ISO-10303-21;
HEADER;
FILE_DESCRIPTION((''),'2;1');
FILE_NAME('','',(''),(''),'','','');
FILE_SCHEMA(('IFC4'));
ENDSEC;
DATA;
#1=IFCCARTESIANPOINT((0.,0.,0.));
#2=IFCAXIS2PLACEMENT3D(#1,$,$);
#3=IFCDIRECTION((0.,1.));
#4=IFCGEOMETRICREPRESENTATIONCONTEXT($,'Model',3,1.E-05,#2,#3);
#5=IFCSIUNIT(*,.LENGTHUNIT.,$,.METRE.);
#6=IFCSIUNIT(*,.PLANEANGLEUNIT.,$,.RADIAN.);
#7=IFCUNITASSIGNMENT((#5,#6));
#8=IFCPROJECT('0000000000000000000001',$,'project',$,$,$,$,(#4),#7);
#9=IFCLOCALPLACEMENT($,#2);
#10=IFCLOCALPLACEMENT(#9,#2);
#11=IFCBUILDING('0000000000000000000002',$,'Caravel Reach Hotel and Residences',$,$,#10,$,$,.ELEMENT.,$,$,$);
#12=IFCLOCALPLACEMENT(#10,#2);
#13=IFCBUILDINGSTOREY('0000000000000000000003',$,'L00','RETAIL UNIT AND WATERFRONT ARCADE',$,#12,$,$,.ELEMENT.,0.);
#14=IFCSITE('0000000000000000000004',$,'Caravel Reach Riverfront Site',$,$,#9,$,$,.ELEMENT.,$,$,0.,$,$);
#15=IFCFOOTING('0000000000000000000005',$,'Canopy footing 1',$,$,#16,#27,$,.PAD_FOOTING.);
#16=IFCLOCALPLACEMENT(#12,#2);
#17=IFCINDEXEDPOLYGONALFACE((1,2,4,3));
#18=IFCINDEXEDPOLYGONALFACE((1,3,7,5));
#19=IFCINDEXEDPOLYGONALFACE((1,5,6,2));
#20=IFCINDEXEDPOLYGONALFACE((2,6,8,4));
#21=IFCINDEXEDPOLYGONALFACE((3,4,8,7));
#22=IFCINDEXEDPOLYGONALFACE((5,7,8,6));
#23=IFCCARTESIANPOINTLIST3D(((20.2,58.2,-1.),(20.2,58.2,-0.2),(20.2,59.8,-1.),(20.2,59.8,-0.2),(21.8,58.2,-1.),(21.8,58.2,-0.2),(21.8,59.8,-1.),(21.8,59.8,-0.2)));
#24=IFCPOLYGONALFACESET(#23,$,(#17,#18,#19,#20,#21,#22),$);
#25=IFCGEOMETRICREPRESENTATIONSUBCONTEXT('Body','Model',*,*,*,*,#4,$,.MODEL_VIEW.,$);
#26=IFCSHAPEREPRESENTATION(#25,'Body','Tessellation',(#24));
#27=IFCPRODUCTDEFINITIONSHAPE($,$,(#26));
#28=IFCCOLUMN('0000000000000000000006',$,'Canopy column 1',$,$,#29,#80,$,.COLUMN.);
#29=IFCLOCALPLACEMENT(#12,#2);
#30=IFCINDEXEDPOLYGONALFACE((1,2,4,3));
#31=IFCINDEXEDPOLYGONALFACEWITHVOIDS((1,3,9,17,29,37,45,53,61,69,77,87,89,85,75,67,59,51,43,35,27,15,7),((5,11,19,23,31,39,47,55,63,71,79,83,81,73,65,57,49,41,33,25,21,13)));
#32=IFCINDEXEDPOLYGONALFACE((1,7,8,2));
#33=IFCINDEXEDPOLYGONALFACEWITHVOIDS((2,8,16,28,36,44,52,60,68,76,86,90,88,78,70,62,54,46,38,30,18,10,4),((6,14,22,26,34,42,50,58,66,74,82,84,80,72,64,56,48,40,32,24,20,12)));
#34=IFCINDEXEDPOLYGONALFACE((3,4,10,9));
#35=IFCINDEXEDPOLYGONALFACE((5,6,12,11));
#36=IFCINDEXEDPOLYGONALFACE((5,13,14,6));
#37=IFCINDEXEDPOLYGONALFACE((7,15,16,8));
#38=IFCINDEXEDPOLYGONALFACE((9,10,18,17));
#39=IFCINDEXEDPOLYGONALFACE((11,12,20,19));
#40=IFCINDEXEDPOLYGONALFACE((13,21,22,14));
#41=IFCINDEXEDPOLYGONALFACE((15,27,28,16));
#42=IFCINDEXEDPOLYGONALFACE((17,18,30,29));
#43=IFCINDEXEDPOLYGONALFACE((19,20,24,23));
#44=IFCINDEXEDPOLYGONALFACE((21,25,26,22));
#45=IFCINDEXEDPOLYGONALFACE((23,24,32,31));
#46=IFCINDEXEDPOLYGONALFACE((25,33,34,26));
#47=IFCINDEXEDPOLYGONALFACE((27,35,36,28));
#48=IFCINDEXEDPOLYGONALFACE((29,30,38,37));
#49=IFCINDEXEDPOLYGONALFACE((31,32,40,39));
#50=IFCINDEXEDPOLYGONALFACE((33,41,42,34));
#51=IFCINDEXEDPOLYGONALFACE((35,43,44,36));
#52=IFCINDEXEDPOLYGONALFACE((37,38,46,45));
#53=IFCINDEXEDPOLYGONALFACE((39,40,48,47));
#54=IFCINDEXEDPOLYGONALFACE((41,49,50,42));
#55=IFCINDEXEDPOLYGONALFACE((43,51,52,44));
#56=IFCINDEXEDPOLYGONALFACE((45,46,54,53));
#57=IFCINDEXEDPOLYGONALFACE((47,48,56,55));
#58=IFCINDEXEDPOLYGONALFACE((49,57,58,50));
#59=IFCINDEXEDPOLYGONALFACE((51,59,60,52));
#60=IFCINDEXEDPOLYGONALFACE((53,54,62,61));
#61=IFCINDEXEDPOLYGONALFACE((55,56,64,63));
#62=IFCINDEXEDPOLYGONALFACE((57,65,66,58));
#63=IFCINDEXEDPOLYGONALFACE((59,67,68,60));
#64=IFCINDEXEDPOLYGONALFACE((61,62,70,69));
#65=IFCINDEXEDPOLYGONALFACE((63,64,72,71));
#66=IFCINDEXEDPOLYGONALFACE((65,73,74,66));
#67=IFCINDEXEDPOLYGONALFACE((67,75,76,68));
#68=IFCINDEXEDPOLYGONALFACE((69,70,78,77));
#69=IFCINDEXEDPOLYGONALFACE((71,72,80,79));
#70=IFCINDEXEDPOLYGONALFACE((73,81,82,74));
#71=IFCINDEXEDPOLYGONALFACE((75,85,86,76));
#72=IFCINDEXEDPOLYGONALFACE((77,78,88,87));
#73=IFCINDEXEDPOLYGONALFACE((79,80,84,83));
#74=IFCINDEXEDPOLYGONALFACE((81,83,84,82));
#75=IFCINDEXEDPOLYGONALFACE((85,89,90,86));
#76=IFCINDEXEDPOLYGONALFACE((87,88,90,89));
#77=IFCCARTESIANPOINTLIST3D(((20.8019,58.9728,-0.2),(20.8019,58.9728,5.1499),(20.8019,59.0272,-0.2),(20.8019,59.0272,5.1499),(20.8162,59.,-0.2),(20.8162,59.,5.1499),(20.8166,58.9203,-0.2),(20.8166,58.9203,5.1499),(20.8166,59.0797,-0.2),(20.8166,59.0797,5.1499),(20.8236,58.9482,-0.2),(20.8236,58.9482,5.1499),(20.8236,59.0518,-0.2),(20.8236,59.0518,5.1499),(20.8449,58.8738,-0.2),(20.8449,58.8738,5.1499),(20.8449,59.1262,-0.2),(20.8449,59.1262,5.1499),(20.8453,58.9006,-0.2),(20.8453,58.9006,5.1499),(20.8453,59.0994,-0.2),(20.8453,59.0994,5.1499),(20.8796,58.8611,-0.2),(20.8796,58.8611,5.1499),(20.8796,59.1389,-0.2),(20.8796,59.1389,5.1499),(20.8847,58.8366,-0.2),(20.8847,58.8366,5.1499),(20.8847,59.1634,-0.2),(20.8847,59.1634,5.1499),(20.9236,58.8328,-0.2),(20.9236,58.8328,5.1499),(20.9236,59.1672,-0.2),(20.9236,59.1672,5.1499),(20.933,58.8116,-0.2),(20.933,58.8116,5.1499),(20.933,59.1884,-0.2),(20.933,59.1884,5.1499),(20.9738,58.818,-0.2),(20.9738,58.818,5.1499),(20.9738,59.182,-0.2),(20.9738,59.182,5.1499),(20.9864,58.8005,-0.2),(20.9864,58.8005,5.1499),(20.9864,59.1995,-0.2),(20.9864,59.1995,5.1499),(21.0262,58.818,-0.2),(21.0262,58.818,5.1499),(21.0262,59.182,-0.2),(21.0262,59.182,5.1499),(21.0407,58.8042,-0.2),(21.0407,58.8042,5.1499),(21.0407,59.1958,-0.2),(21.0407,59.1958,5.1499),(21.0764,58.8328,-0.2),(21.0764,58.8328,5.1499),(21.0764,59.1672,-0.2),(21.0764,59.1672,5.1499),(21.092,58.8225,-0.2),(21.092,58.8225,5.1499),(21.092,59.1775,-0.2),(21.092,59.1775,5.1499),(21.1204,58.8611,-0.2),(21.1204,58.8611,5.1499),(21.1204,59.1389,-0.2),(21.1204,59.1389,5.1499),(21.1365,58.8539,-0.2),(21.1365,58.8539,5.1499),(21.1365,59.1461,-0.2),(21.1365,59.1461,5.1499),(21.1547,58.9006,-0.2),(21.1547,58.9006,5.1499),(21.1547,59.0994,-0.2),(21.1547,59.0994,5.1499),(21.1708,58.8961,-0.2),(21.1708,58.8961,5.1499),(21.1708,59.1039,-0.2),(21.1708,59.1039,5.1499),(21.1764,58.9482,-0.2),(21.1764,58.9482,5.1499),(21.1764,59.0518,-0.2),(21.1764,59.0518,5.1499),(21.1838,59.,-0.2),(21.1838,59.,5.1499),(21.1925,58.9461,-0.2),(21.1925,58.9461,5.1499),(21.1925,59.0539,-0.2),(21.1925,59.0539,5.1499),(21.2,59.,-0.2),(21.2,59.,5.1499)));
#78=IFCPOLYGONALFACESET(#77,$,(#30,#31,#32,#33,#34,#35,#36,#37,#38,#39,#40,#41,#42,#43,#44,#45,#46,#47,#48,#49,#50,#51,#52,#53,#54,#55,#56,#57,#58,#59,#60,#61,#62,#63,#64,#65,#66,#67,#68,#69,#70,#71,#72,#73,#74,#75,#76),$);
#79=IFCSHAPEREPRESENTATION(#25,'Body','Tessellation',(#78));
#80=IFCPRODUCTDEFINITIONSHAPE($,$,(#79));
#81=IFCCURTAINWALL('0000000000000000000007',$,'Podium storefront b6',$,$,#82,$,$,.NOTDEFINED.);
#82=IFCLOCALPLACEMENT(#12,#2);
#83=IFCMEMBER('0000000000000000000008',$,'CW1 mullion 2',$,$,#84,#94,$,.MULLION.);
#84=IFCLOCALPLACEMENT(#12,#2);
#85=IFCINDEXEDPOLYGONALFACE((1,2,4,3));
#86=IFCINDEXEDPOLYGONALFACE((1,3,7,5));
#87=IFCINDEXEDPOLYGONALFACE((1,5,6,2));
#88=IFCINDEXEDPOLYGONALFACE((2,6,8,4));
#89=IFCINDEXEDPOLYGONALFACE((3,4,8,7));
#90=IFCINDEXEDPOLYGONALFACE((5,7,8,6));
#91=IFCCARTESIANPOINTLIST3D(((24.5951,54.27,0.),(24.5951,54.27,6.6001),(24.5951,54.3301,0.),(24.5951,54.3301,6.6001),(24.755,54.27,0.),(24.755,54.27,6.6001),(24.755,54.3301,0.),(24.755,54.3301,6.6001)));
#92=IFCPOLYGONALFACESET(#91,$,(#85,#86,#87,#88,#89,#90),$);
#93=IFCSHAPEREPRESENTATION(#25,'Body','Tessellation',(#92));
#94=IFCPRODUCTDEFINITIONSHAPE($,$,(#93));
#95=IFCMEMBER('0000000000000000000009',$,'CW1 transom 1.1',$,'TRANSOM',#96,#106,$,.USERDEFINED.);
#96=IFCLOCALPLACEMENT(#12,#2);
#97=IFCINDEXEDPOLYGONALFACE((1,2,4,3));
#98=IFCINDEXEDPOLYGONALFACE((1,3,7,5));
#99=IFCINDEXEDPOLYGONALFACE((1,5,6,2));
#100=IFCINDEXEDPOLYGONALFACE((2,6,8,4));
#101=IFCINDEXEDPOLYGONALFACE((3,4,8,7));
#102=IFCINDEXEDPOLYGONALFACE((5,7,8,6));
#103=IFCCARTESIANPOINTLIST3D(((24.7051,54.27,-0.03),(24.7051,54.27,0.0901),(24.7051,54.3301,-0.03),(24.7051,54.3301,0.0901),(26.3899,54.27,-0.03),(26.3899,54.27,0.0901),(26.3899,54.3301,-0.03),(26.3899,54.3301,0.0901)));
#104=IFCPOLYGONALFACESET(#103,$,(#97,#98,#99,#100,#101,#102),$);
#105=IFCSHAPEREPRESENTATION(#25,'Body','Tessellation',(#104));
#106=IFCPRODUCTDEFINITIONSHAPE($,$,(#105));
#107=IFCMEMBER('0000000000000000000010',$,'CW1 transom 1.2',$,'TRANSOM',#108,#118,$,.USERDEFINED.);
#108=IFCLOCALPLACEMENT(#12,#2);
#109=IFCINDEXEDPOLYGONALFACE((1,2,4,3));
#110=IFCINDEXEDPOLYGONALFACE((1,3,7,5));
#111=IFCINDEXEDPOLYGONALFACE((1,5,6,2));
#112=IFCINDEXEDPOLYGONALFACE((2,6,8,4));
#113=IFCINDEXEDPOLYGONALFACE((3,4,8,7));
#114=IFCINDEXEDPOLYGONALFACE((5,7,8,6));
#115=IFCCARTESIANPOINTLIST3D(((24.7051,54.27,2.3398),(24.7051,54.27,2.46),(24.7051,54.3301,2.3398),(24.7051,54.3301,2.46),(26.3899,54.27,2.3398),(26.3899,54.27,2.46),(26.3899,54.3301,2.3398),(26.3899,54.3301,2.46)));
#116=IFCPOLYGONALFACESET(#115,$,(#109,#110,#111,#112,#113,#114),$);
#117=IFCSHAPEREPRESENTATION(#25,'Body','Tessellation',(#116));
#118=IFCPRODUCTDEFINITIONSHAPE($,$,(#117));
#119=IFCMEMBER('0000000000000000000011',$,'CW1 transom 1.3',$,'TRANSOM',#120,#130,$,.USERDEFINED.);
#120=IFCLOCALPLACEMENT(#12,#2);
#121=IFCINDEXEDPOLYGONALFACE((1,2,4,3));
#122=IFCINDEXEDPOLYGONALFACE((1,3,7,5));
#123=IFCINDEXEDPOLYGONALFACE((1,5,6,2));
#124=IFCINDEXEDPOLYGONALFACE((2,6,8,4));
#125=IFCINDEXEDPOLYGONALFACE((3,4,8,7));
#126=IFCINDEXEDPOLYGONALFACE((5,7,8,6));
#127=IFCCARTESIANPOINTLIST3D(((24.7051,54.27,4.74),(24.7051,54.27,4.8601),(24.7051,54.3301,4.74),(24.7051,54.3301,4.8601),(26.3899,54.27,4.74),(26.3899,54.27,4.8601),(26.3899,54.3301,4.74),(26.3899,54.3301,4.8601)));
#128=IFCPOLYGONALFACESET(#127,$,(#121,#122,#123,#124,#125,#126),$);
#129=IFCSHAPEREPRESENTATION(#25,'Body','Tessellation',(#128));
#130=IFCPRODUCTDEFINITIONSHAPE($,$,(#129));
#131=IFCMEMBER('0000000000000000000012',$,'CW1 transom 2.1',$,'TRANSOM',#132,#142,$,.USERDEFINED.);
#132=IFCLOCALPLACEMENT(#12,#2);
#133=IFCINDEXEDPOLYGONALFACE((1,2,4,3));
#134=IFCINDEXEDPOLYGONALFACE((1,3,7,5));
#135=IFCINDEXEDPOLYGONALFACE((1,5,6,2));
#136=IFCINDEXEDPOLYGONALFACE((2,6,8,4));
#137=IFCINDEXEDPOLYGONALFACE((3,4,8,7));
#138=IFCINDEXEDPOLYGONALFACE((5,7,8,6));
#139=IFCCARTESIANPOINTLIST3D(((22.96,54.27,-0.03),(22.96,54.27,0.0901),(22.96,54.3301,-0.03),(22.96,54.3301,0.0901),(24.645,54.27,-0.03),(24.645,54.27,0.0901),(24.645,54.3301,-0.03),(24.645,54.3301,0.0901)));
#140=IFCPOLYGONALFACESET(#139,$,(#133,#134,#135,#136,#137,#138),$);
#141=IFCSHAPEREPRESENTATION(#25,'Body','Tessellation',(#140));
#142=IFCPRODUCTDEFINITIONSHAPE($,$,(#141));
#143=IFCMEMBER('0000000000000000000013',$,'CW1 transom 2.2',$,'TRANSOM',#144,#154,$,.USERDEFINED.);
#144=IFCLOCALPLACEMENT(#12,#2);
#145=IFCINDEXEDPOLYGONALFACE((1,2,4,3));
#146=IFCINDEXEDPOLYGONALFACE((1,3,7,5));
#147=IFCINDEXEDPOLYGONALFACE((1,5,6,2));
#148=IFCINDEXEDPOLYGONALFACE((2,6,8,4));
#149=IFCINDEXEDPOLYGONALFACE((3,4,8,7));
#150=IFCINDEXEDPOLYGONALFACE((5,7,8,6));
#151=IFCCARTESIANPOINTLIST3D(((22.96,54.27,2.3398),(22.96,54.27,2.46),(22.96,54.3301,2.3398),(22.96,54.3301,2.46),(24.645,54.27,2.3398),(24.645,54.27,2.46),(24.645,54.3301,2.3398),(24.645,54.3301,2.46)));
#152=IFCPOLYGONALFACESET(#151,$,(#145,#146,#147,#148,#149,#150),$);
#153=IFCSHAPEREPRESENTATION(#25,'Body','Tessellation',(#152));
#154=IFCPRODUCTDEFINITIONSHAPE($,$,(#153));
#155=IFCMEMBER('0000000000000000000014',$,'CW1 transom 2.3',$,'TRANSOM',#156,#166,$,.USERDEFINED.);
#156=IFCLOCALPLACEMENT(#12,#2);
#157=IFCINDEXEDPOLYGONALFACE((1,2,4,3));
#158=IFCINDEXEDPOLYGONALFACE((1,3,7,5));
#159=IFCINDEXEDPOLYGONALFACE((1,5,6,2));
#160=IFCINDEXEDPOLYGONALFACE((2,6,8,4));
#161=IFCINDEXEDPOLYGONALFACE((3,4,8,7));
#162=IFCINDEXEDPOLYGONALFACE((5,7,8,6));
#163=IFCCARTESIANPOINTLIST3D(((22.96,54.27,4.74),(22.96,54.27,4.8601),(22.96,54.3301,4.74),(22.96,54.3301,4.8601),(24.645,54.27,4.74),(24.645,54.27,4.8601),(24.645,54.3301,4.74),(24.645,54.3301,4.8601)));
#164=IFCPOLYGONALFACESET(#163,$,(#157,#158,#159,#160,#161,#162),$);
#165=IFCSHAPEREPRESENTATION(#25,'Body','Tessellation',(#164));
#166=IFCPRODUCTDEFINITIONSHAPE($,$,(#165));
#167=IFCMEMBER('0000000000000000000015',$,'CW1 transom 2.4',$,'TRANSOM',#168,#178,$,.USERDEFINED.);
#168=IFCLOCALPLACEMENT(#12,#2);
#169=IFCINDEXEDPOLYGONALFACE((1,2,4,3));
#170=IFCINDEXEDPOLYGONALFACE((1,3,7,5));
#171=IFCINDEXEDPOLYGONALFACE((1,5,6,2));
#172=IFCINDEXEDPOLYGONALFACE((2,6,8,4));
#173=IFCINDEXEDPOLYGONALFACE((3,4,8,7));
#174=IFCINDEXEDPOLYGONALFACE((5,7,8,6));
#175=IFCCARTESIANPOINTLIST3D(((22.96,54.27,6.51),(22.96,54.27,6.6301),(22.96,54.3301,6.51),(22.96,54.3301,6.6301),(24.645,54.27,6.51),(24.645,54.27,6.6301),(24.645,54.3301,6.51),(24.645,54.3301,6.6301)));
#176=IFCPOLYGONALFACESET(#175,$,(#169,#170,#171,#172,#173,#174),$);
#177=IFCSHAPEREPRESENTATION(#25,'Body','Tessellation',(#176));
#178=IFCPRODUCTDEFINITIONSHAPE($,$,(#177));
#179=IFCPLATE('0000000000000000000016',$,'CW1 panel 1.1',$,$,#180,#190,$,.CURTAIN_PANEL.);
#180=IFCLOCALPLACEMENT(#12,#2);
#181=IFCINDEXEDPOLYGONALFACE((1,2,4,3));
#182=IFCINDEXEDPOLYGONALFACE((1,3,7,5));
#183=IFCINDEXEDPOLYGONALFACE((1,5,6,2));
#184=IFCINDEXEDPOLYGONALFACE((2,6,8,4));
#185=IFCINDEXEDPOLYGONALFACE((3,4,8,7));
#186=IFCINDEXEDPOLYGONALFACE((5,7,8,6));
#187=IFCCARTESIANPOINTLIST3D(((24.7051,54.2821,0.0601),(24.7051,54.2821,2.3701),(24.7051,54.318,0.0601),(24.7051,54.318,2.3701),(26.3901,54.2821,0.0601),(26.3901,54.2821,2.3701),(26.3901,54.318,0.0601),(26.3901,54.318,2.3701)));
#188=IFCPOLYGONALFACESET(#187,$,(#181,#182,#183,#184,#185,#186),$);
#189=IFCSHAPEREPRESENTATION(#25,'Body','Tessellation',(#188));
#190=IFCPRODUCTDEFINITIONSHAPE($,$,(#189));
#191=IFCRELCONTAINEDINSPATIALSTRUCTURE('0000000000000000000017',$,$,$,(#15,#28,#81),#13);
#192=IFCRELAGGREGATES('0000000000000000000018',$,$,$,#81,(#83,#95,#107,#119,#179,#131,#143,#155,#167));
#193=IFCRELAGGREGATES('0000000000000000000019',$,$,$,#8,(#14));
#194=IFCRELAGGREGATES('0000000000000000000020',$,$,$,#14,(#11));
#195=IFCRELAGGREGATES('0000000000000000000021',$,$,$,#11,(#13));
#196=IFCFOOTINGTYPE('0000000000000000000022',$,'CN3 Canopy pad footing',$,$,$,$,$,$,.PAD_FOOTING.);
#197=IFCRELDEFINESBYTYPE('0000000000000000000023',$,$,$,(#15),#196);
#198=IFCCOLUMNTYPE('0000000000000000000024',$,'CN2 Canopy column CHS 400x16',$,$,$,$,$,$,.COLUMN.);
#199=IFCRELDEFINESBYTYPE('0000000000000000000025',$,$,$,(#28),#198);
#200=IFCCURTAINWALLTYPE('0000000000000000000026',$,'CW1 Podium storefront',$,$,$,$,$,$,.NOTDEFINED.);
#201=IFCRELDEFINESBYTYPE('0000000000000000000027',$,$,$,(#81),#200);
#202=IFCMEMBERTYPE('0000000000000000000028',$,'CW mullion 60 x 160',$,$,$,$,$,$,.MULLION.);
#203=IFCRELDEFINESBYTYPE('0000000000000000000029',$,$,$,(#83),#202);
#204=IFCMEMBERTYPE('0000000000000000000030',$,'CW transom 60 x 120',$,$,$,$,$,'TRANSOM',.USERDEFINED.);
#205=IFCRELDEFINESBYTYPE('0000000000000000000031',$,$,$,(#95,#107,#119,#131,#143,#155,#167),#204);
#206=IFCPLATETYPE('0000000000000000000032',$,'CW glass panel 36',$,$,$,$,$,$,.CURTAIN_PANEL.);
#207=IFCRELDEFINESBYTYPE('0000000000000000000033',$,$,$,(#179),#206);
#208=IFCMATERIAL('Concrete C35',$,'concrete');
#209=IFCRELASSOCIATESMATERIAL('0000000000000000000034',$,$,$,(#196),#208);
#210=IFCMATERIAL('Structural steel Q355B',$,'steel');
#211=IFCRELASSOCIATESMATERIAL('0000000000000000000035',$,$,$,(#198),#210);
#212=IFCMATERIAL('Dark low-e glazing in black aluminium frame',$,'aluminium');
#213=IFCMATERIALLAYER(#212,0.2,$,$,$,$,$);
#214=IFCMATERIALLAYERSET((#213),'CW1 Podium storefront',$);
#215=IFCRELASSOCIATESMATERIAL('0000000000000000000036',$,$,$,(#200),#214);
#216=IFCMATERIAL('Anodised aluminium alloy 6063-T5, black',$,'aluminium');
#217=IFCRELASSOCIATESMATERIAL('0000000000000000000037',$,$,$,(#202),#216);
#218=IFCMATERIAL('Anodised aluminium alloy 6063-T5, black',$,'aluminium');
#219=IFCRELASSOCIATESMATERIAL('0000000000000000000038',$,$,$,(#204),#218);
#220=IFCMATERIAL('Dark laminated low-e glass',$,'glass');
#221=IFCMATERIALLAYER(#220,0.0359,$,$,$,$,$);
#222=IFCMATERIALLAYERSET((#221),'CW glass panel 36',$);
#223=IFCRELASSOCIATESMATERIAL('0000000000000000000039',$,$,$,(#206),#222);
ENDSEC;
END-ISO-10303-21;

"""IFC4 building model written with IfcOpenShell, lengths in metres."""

from ifc_helpers import new_model, si_unit, direction, frame, origin, origin_2d, place, context, subcontext, project, spatial, rectangle, hollow_circle, extrude, material, layer, layer_set, material_profile, profile_set, type_object, element, aggregate, save


model = new_model("IFC4")

# Units and contexts
model_context = context("Model", 3, precision=1e-05, world=origin(), true_north=direction((0.0, 1.0)))
body_context = subcontext(model_context, "Body", "Model", "MODEL_VIEW")
ifc_project = project(units=[si_unit("LENGTHUNIT", "METRE"), si_unit("PLANEANGLEUNIT", "RADIAN")], contexts=[model_context])

# Site, building, storey
site_placement = place(None, origin())
site = spatial("IfcSite", under=ifc_project, at=site_placement, Name="Caravel Reach Riverfront Site", CompositionType="ELEMENT", RefElevation=0.0)
building_placement = place(site_placement, origin())
building = spatial("IfcBuilding", under=site, at=building_placement, Name="Caravel Reach Hotel and Residences", CompositionType="ELEMENT")
storey_placement = place(building_placement, origin())
storey = spatial("IfcBuildingStorey", under=building, at=storey_placement, Name="L00", Description="RETAIL UNIT AND WATERFRONT ARCADE", CompositionType="ELEMENT", Elevation=0.0)

# Footing
ifc_material_1 = material(Name="Concrete C35", Category="concrete")
footing_type = type_object("IfcFootingType", Name="CN3 Canopy pad footing", PredefinedType="PAD_FOOTING", material=ifc_material_1)
footing_placement = place(storey_placement, frame((21.0, 59.0, -1.0), z_axis=(0.0, 0.0, 1.0), x_axis=(1.0, 0.0, 0.0)))
element("IfcFooting", 1, at=footing_placement, inside=storey, type_object=footing_type, Name="Canopy footing 1", PredefinedType="PAD_FOOTING", context=body_context, shape_type="SweptSolid", body=[
    extrude(rectangle(XDim=1.6001, YDim=1.6001, at=origin_2d()), origin(), (0.0, 0.0, 1.0), 0.8),
])

# Column
ifc_material_2 = material(Name="Structural steel Q355B", Category="steel")
ifc_material_profile_1 = material_profile(ifc_material_2, hollow_circle(Radius=0.2, WallThickness=0.0161, at=origin_2d()), Name="CN2 Canopy column CHS 400x16")
ifc_profile_set_1 = profile_set([ifc_material_profile_1], Name="Structural steel Q355B")
column_type = type_object("IfcColumnType", Name="CN2 Canopy column CHS 400x16", PredefinedType="COLUMN", material=ifc_profile_set_1)
column_placement = place(storey_placement, frame((21.0, 59.0, -0.2), z_axis=(0.0, 0.0, 1.0), x_axis=(1.0, 0.0, 0.0)))
element("IfcColumn", 2, at=column_placement, inside=storey, type_object=column_type, Name="Canopy column 1", PredefinedType="COLUMN", context=body_context, shape_type="SweptSolid", body=[
    extrude(hollow_circle(Radius=0.2, WallThickness=0.0161, at=origin_2d()), origin(), (0.0, 0.0, 1.0), 5.3499),
])

# Curtain wall, members, plate
ifc_material_3 = material(Name="Dark low-e glazing in black aluminium frame", Category="aluminium")
ifc_layer_1 = layer(ifc_material_3, 0.2)
ifc_layer_set_1 = layer_set([ifc_layer_1], Name="CW1 Podium storefront")
curtain_wall_type = type_object("IfcCurtainWallType", Name="CW1 Podium storefront", PredefinedType="NOTDEFINED", material=ifc_layer_set_1)
curtain_wall_placement = place(storey_placement, origin())
curtain_wall = element("IfcCurtainWall", 3, at=curtain_wall_placement, inside=storey, type_object=curtain_wall_type, Name="Podium storefront b6", PredefinedType="NOTDEFINED")
ifc_material_4 = material(Name="Anodised aluminium alloy 6063-T5, black", Category="aluminium")
ifc_material_profile_2 = material_profile(ifc_material_4, rectangle(XDim=0.0601, YDim=0.1599, at=origin_2d()), Name="CW mullion 60 x 160")
ifc_profile_set_2 = profile_set([ifc_material_profile_2], Name="Anodised aluminium alloy 6063-T5, black")
member_type_1 = type_object("IfcMemberType", Name="CW mullion 60 x 160", PredefinedType="MULLION", material=ifc_profile_set_2)
member_1_placement = place(storey_placement, frame((24.675, 54.3, 0.0), z_axis=(0.0, 0.0, 1.0), x_axis=(0.0, -1.0, 0.0)))
member_1 = element("IfcMember", 4, at=member_1_placement, type_object=member_type_1, Name="CW1 mullion 2", PredefinedType="MULLION", context=body_context, shape_type="SweptSolid", body=[
    extrude(rectangle(XDim=0.0601, YDim=0.1599, at=origin_2d()), origin(), (0.0, 0.0, 1.0), 6.6001),
])
ifc_material_5 = material(Name="Anodised aluminium alloy 6063-T5, black", Category="aluminium")
ifc_material_profile_3 = material_profile(ifc_material_5, rectangle(XDim=0.0601, YDim=0.1201, at=origin_2d()), Name="CW transom 60 x 120")
ifc_profile_set_3 = profile_set([ifc_material_profile_3], Name="Anodised aluminium alloy 6063-T5, black")
member_type_2 = type_object("IfcMemberType", Name="CW transom 60 x 120", ElementType="TRANSOM", PredefinedType="USERDEFINED", material=ifc_profile_set_3)
member_2_placement = place(storey_placement, frame((26.3899, 54.3, 0.03), z_axis=(-1.0, 0.0, 0.0), x_axis=(0.0, -1.0, 0.0)))
member_2 = element("IfcMember", 5, at=member_2_placement, type_object=member_type_2, Name="CW1 transom 1.1", ObjectType="TRANSOM", PredefinedType="USERDEFINED", context=body_context, shape_type="SweptSolid", body=[
    extrude(rectangle(XDim=0.0601, YDim=0.1201, at=origin_2d()), origin(), (0.0, 0.0, 1.0), 1.6848),
])
member_3_placement = place(storey_placement, frame((26.3899, 54.3, 2.3999), z_axis=(-1.0, 0.0, 0.0), x_axis=(0.0, -1.0, 0.0)))
member_3 = element("IfcMember", 6, at=member_3_placement, type_object=member_type_2, Name="CW1 transom 1.2", ObjectType="TRANSOM", PredefinedType="USERDEFINED", context=body_context, shape_type="SweptSolid", body=[
    extrude(rectangle(XDim=0.0601, YDim=0.1201, at=origin_2d()), origin(), (0.0, 0.0, 1.0), 1.6848),
])
member_4_placement = place(storey_placement, frame((26.3899, 54.3, 4.8), z_axis=(-1.0, 0.0, 0.0), x_axis=(0.0, -1.0, 0.0)))
member_4 = element("IfcMember", 7, at=member_4_placement, type_object=member_type_2, Name="CW1 transom 1.3", ObjectType="TRANSOM", PredefinedType="USERDEFINED", context=body_context, shape_type="SweptSolid", body=[
    extrude(rectangle(XDim=0.0601, YDim=0.1201, at=origin_2d()), origin(), (0.0, 0.0, 1.0), 1.6848),
])
member_5_placement = place(storey_placement, frame((24.645, 54.3, 0.03), z_axis=(-1.0, 0.0, 0.0), x_axis=(0.0, -1.0, 0.0)))
member_5 = element("IfcMember", 8, at=member_5_placement, type_object=member_type_2, Name="CW1 transom 2.1", ObjectType="TRANSOM", PredefinedType="USERDEFINED", context=body_context, shape_type="SweptSolid", body=[
    extrude(rectangle(XDim=0.0601, YDim=0.1201, at=origin_2d()), origin(), (0.0, 0.0, 1.0), 1.6851),
])
member_6_placement = place(storey_placement, frame((24.645, 54.3, 2.3999), z_axis=(-1.0, 0.0, 0.0), x_axis=(0.0, -1.0, 0.0)))
member_6 = element("IfcMember", 9, at=member_6_placement, type_object=member_type_2, Name="CW1 transom 2.2", ObjectType="TRANSOM", PredefinedType="USERDEFINED", context=body_context, shape_type="SweptSolid", body=[
    extrude(rectangle(XDim=0.0601, YDim=0.1201, at=origin_2d()), origin(), (0.0, 0.0, 1.0), 1.6851),
])
member_7_placement = place(storey_placement, frame((24.645, 54.3, 4.8), z_axis=(-1.0, 0.0, 0.0), x_axis=(0.0, -1.0, 0.0)))
member_7 = element("IfcMember", 10, at=member_7_placement, type_object=member_type_2, Name="CW1 transom 2.3", ObjectType="TRANSOM", PredefinedType="USERDEFINED", context=body_context, shape_type="SweptSolid", body=[
    extrude(rectangle(XDim=0.0601, YDim=0.1201, at=origin_2d()), origin(), (0.0, 0.0, 1.0), 1.6851),
])
member_8_placement = place(storey_placement, frame((24.645, 54.3, 6.5701), z_axis=(-1.0, 0.0, 0.0), x_axis=(0.0, -1.0, 0.0)))
member_8 = element("IfcMember", 11, at=member_8_placement, type_object=member_type_2, Name="CW1 transom 2.4", ObjectType="TRANSOM", PredefinedType="USERDEFINED", context=body_context, shape_type="SweptSolid", body=[
    extrude(rectangle(XDim=0.0601, YDim=0.1201, at=origin_2d()), origin(), (0.0, 0.0, 1.0), 1.6851),
])
ifc_material_6 = material(Name="Dark laminated low-e glass", Category="glass")
ifc_layer_2 = layer(ifc_material_6, 0.0359)
ifc_layer_set_2 = layer_set([ifc_layer_2], Name="CW glass panel 36")
plate_type = type_object("IfcPlateType", Name="CW glass panel 36", PredefinedType="CURTAIN_PANEL", material=ifc_layer_set_2)
plate_1_placement = place(storey_placement, frame((25.5476, 54.3, 0.0601), z_axis=(0.0, 0.0, 1.0), x_axis=(-1.0, 0.0, 0.0)))
plate_1 = element("IfcPlate", 12, at=plate_1_placement, type_object=plate_type, Name="CW1 panel 1.1", PredefinedType="CURTAIN_PANEL", context=body_context, shape_type="SweptSolid", body=[
    extrude(rectangle(XDim=1.6851, YDim=0.0359, at=origin_2d()), origin(), (0.0, 0.0, 1.0), 2.3101),
])
aggregate(curtain_wall, [member_1, member_2, member_3, member_4, plate_1, member_5, member_6, member_7, member_8])

save(model, "model.ifc")
